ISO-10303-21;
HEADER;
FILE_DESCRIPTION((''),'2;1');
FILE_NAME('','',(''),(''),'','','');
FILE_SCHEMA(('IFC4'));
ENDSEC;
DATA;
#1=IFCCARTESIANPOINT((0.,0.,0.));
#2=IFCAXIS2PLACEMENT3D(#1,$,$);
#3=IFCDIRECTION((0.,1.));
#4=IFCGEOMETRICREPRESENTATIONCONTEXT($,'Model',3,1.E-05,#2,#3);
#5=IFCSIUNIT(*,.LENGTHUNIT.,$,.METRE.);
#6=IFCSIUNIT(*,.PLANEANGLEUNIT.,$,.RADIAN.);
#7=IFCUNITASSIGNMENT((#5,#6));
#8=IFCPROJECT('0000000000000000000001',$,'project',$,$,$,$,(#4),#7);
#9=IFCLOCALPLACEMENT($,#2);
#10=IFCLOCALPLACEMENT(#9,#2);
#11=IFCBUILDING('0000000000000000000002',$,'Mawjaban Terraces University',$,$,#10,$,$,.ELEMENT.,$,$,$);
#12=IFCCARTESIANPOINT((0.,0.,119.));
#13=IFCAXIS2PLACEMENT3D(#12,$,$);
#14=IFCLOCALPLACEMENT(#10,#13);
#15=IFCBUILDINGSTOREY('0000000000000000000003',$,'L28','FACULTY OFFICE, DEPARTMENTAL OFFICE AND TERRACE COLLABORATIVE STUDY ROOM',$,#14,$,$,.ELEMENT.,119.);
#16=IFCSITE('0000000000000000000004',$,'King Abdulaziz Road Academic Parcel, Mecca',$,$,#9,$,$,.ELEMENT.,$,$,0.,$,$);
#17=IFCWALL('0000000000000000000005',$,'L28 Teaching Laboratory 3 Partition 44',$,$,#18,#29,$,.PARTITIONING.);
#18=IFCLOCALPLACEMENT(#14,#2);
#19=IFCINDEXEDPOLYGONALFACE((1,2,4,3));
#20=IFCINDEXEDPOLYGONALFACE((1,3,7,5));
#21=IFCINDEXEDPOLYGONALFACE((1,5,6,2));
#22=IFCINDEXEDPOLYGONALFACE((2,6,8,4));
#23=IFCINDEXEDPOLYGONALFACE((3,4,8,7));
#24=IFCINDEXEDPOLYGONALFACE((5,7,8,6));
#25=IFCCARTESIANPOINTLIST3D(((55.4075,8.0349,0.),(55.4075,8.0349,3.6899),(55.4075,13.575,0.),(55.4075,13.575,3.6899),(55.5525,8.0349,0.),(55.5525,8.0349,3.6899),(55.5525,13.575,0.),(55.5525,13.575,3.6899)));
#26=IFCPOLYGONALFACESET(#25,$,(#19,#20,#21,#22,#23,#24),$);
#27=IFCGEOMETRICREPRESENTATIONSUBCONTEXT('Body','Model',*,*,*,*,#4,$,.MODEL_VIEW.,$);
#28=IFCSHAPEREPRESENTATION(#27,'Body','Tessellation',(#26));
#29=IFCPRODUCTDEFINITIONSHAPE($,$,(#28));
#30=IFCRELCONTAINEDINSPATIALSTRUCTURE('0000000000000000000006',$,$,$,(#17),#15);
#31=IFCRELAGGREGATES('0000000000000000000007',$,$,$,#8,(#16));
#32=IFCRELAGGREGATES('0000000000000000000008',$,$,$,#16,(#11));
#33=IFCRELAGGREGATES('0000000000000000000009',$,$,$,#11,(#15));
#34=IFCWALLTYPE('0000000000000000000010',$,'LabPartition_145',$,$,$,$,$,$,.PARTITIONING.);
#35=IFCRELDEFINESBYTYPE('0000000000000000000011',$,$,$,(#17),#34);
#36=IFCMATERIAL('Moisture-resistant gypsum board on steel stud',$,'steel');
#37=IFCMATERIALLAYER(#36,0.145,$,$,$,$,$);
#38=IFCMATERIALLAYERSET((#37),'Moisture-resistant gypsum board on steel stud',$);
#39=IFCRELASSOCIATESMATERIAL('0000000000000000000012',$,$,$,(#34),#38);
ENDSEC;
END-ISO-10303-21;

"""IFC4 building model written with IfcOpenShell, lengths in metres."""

from ifc_helpers import new_model, si_unit, direction, frame, frame_2d, origin, place, context, subcontext, project, spatial, rectangle, extrude, material, layer, layer_set, type_object, element, save


model = new_model("IFC4")

# Units and contexts
model_context = context("Model", 3, precision=1e-05, world=origin(), true_north=direction((0.0, 1.0)))
body_context = subcontext(model_context, "Body", "Model", "MODEL_VIEW")
ifc_project = project(units=[si_unit("LENGTHUNIT", "METRE"), si_unit("PLANEANGLEUNIT", "RADIAN")], contexts=[model_context])

# Site, building, storey
site_placement = place(None, origin())
site = spatial("IfcSite", under=ifc_project, at=site_placement, Name="King Abdulaziz Road Academic Parcel, Mecca", CompositionType="ELEMENT", RefElevation=0.0)
building_placement = place(site_placement, origin())
building = spatial("IfcBuilding", under=site, at=building_placement, Name="Mawjaban Terraces University", CompositionType="ELEMENT")
storey_placement = place(building_placement, frame((0.0, 0.0, 119.0)))
storey = spatial("IfcBuildingStorey", under=building, at=storey_placement, Name="L28", Description="FACULTY OFFICE, DEPARTMENTAL OFFICE AND TERRACE COLLABORATIVE STUDY ROOM", CompositionType="ELEMENT", Elevation=119.0)

# Wall
ifc_material_1 = material(Name="Moisture-resistant gypsum board on steel stud", Category="steel")
ifc_layer_1 = layer(ifc_material_1, 0.145)
ifc_layer_set_1 = layer_set([ifc_layer_1], Name="Moisture-resistant gypsum board on steel stud")
wall_type_1 = type_object("IfcWallType", Name="LabPartition_145", PredefinedType="PARTITIONING", material=ifc_layer_set_1)
wall_1_placement = place(storey_placement, frame((55.48, 8.0349, 0.0), z_axis=(0.0, 0.0, 1.0), x_axis=(0.0, 1.0, 0.0)))
element("IfcWall", 1, at=wall_1_placement, inside=storey, type_object=wall_type_1, Name="L28 Teaching Laboratory 3 Partition 44", PredefinedType="PARTITIONING", context=body_context, shape_type="SweptSolid", body=[
    extrude(rectangle(XDim=5.54, YDim=0.145, at=frame_2d((2.77, 0.0))), origin(), (0.0, 0.0, 1.0), 3.6899),
])

save(model, "model.ifc")
